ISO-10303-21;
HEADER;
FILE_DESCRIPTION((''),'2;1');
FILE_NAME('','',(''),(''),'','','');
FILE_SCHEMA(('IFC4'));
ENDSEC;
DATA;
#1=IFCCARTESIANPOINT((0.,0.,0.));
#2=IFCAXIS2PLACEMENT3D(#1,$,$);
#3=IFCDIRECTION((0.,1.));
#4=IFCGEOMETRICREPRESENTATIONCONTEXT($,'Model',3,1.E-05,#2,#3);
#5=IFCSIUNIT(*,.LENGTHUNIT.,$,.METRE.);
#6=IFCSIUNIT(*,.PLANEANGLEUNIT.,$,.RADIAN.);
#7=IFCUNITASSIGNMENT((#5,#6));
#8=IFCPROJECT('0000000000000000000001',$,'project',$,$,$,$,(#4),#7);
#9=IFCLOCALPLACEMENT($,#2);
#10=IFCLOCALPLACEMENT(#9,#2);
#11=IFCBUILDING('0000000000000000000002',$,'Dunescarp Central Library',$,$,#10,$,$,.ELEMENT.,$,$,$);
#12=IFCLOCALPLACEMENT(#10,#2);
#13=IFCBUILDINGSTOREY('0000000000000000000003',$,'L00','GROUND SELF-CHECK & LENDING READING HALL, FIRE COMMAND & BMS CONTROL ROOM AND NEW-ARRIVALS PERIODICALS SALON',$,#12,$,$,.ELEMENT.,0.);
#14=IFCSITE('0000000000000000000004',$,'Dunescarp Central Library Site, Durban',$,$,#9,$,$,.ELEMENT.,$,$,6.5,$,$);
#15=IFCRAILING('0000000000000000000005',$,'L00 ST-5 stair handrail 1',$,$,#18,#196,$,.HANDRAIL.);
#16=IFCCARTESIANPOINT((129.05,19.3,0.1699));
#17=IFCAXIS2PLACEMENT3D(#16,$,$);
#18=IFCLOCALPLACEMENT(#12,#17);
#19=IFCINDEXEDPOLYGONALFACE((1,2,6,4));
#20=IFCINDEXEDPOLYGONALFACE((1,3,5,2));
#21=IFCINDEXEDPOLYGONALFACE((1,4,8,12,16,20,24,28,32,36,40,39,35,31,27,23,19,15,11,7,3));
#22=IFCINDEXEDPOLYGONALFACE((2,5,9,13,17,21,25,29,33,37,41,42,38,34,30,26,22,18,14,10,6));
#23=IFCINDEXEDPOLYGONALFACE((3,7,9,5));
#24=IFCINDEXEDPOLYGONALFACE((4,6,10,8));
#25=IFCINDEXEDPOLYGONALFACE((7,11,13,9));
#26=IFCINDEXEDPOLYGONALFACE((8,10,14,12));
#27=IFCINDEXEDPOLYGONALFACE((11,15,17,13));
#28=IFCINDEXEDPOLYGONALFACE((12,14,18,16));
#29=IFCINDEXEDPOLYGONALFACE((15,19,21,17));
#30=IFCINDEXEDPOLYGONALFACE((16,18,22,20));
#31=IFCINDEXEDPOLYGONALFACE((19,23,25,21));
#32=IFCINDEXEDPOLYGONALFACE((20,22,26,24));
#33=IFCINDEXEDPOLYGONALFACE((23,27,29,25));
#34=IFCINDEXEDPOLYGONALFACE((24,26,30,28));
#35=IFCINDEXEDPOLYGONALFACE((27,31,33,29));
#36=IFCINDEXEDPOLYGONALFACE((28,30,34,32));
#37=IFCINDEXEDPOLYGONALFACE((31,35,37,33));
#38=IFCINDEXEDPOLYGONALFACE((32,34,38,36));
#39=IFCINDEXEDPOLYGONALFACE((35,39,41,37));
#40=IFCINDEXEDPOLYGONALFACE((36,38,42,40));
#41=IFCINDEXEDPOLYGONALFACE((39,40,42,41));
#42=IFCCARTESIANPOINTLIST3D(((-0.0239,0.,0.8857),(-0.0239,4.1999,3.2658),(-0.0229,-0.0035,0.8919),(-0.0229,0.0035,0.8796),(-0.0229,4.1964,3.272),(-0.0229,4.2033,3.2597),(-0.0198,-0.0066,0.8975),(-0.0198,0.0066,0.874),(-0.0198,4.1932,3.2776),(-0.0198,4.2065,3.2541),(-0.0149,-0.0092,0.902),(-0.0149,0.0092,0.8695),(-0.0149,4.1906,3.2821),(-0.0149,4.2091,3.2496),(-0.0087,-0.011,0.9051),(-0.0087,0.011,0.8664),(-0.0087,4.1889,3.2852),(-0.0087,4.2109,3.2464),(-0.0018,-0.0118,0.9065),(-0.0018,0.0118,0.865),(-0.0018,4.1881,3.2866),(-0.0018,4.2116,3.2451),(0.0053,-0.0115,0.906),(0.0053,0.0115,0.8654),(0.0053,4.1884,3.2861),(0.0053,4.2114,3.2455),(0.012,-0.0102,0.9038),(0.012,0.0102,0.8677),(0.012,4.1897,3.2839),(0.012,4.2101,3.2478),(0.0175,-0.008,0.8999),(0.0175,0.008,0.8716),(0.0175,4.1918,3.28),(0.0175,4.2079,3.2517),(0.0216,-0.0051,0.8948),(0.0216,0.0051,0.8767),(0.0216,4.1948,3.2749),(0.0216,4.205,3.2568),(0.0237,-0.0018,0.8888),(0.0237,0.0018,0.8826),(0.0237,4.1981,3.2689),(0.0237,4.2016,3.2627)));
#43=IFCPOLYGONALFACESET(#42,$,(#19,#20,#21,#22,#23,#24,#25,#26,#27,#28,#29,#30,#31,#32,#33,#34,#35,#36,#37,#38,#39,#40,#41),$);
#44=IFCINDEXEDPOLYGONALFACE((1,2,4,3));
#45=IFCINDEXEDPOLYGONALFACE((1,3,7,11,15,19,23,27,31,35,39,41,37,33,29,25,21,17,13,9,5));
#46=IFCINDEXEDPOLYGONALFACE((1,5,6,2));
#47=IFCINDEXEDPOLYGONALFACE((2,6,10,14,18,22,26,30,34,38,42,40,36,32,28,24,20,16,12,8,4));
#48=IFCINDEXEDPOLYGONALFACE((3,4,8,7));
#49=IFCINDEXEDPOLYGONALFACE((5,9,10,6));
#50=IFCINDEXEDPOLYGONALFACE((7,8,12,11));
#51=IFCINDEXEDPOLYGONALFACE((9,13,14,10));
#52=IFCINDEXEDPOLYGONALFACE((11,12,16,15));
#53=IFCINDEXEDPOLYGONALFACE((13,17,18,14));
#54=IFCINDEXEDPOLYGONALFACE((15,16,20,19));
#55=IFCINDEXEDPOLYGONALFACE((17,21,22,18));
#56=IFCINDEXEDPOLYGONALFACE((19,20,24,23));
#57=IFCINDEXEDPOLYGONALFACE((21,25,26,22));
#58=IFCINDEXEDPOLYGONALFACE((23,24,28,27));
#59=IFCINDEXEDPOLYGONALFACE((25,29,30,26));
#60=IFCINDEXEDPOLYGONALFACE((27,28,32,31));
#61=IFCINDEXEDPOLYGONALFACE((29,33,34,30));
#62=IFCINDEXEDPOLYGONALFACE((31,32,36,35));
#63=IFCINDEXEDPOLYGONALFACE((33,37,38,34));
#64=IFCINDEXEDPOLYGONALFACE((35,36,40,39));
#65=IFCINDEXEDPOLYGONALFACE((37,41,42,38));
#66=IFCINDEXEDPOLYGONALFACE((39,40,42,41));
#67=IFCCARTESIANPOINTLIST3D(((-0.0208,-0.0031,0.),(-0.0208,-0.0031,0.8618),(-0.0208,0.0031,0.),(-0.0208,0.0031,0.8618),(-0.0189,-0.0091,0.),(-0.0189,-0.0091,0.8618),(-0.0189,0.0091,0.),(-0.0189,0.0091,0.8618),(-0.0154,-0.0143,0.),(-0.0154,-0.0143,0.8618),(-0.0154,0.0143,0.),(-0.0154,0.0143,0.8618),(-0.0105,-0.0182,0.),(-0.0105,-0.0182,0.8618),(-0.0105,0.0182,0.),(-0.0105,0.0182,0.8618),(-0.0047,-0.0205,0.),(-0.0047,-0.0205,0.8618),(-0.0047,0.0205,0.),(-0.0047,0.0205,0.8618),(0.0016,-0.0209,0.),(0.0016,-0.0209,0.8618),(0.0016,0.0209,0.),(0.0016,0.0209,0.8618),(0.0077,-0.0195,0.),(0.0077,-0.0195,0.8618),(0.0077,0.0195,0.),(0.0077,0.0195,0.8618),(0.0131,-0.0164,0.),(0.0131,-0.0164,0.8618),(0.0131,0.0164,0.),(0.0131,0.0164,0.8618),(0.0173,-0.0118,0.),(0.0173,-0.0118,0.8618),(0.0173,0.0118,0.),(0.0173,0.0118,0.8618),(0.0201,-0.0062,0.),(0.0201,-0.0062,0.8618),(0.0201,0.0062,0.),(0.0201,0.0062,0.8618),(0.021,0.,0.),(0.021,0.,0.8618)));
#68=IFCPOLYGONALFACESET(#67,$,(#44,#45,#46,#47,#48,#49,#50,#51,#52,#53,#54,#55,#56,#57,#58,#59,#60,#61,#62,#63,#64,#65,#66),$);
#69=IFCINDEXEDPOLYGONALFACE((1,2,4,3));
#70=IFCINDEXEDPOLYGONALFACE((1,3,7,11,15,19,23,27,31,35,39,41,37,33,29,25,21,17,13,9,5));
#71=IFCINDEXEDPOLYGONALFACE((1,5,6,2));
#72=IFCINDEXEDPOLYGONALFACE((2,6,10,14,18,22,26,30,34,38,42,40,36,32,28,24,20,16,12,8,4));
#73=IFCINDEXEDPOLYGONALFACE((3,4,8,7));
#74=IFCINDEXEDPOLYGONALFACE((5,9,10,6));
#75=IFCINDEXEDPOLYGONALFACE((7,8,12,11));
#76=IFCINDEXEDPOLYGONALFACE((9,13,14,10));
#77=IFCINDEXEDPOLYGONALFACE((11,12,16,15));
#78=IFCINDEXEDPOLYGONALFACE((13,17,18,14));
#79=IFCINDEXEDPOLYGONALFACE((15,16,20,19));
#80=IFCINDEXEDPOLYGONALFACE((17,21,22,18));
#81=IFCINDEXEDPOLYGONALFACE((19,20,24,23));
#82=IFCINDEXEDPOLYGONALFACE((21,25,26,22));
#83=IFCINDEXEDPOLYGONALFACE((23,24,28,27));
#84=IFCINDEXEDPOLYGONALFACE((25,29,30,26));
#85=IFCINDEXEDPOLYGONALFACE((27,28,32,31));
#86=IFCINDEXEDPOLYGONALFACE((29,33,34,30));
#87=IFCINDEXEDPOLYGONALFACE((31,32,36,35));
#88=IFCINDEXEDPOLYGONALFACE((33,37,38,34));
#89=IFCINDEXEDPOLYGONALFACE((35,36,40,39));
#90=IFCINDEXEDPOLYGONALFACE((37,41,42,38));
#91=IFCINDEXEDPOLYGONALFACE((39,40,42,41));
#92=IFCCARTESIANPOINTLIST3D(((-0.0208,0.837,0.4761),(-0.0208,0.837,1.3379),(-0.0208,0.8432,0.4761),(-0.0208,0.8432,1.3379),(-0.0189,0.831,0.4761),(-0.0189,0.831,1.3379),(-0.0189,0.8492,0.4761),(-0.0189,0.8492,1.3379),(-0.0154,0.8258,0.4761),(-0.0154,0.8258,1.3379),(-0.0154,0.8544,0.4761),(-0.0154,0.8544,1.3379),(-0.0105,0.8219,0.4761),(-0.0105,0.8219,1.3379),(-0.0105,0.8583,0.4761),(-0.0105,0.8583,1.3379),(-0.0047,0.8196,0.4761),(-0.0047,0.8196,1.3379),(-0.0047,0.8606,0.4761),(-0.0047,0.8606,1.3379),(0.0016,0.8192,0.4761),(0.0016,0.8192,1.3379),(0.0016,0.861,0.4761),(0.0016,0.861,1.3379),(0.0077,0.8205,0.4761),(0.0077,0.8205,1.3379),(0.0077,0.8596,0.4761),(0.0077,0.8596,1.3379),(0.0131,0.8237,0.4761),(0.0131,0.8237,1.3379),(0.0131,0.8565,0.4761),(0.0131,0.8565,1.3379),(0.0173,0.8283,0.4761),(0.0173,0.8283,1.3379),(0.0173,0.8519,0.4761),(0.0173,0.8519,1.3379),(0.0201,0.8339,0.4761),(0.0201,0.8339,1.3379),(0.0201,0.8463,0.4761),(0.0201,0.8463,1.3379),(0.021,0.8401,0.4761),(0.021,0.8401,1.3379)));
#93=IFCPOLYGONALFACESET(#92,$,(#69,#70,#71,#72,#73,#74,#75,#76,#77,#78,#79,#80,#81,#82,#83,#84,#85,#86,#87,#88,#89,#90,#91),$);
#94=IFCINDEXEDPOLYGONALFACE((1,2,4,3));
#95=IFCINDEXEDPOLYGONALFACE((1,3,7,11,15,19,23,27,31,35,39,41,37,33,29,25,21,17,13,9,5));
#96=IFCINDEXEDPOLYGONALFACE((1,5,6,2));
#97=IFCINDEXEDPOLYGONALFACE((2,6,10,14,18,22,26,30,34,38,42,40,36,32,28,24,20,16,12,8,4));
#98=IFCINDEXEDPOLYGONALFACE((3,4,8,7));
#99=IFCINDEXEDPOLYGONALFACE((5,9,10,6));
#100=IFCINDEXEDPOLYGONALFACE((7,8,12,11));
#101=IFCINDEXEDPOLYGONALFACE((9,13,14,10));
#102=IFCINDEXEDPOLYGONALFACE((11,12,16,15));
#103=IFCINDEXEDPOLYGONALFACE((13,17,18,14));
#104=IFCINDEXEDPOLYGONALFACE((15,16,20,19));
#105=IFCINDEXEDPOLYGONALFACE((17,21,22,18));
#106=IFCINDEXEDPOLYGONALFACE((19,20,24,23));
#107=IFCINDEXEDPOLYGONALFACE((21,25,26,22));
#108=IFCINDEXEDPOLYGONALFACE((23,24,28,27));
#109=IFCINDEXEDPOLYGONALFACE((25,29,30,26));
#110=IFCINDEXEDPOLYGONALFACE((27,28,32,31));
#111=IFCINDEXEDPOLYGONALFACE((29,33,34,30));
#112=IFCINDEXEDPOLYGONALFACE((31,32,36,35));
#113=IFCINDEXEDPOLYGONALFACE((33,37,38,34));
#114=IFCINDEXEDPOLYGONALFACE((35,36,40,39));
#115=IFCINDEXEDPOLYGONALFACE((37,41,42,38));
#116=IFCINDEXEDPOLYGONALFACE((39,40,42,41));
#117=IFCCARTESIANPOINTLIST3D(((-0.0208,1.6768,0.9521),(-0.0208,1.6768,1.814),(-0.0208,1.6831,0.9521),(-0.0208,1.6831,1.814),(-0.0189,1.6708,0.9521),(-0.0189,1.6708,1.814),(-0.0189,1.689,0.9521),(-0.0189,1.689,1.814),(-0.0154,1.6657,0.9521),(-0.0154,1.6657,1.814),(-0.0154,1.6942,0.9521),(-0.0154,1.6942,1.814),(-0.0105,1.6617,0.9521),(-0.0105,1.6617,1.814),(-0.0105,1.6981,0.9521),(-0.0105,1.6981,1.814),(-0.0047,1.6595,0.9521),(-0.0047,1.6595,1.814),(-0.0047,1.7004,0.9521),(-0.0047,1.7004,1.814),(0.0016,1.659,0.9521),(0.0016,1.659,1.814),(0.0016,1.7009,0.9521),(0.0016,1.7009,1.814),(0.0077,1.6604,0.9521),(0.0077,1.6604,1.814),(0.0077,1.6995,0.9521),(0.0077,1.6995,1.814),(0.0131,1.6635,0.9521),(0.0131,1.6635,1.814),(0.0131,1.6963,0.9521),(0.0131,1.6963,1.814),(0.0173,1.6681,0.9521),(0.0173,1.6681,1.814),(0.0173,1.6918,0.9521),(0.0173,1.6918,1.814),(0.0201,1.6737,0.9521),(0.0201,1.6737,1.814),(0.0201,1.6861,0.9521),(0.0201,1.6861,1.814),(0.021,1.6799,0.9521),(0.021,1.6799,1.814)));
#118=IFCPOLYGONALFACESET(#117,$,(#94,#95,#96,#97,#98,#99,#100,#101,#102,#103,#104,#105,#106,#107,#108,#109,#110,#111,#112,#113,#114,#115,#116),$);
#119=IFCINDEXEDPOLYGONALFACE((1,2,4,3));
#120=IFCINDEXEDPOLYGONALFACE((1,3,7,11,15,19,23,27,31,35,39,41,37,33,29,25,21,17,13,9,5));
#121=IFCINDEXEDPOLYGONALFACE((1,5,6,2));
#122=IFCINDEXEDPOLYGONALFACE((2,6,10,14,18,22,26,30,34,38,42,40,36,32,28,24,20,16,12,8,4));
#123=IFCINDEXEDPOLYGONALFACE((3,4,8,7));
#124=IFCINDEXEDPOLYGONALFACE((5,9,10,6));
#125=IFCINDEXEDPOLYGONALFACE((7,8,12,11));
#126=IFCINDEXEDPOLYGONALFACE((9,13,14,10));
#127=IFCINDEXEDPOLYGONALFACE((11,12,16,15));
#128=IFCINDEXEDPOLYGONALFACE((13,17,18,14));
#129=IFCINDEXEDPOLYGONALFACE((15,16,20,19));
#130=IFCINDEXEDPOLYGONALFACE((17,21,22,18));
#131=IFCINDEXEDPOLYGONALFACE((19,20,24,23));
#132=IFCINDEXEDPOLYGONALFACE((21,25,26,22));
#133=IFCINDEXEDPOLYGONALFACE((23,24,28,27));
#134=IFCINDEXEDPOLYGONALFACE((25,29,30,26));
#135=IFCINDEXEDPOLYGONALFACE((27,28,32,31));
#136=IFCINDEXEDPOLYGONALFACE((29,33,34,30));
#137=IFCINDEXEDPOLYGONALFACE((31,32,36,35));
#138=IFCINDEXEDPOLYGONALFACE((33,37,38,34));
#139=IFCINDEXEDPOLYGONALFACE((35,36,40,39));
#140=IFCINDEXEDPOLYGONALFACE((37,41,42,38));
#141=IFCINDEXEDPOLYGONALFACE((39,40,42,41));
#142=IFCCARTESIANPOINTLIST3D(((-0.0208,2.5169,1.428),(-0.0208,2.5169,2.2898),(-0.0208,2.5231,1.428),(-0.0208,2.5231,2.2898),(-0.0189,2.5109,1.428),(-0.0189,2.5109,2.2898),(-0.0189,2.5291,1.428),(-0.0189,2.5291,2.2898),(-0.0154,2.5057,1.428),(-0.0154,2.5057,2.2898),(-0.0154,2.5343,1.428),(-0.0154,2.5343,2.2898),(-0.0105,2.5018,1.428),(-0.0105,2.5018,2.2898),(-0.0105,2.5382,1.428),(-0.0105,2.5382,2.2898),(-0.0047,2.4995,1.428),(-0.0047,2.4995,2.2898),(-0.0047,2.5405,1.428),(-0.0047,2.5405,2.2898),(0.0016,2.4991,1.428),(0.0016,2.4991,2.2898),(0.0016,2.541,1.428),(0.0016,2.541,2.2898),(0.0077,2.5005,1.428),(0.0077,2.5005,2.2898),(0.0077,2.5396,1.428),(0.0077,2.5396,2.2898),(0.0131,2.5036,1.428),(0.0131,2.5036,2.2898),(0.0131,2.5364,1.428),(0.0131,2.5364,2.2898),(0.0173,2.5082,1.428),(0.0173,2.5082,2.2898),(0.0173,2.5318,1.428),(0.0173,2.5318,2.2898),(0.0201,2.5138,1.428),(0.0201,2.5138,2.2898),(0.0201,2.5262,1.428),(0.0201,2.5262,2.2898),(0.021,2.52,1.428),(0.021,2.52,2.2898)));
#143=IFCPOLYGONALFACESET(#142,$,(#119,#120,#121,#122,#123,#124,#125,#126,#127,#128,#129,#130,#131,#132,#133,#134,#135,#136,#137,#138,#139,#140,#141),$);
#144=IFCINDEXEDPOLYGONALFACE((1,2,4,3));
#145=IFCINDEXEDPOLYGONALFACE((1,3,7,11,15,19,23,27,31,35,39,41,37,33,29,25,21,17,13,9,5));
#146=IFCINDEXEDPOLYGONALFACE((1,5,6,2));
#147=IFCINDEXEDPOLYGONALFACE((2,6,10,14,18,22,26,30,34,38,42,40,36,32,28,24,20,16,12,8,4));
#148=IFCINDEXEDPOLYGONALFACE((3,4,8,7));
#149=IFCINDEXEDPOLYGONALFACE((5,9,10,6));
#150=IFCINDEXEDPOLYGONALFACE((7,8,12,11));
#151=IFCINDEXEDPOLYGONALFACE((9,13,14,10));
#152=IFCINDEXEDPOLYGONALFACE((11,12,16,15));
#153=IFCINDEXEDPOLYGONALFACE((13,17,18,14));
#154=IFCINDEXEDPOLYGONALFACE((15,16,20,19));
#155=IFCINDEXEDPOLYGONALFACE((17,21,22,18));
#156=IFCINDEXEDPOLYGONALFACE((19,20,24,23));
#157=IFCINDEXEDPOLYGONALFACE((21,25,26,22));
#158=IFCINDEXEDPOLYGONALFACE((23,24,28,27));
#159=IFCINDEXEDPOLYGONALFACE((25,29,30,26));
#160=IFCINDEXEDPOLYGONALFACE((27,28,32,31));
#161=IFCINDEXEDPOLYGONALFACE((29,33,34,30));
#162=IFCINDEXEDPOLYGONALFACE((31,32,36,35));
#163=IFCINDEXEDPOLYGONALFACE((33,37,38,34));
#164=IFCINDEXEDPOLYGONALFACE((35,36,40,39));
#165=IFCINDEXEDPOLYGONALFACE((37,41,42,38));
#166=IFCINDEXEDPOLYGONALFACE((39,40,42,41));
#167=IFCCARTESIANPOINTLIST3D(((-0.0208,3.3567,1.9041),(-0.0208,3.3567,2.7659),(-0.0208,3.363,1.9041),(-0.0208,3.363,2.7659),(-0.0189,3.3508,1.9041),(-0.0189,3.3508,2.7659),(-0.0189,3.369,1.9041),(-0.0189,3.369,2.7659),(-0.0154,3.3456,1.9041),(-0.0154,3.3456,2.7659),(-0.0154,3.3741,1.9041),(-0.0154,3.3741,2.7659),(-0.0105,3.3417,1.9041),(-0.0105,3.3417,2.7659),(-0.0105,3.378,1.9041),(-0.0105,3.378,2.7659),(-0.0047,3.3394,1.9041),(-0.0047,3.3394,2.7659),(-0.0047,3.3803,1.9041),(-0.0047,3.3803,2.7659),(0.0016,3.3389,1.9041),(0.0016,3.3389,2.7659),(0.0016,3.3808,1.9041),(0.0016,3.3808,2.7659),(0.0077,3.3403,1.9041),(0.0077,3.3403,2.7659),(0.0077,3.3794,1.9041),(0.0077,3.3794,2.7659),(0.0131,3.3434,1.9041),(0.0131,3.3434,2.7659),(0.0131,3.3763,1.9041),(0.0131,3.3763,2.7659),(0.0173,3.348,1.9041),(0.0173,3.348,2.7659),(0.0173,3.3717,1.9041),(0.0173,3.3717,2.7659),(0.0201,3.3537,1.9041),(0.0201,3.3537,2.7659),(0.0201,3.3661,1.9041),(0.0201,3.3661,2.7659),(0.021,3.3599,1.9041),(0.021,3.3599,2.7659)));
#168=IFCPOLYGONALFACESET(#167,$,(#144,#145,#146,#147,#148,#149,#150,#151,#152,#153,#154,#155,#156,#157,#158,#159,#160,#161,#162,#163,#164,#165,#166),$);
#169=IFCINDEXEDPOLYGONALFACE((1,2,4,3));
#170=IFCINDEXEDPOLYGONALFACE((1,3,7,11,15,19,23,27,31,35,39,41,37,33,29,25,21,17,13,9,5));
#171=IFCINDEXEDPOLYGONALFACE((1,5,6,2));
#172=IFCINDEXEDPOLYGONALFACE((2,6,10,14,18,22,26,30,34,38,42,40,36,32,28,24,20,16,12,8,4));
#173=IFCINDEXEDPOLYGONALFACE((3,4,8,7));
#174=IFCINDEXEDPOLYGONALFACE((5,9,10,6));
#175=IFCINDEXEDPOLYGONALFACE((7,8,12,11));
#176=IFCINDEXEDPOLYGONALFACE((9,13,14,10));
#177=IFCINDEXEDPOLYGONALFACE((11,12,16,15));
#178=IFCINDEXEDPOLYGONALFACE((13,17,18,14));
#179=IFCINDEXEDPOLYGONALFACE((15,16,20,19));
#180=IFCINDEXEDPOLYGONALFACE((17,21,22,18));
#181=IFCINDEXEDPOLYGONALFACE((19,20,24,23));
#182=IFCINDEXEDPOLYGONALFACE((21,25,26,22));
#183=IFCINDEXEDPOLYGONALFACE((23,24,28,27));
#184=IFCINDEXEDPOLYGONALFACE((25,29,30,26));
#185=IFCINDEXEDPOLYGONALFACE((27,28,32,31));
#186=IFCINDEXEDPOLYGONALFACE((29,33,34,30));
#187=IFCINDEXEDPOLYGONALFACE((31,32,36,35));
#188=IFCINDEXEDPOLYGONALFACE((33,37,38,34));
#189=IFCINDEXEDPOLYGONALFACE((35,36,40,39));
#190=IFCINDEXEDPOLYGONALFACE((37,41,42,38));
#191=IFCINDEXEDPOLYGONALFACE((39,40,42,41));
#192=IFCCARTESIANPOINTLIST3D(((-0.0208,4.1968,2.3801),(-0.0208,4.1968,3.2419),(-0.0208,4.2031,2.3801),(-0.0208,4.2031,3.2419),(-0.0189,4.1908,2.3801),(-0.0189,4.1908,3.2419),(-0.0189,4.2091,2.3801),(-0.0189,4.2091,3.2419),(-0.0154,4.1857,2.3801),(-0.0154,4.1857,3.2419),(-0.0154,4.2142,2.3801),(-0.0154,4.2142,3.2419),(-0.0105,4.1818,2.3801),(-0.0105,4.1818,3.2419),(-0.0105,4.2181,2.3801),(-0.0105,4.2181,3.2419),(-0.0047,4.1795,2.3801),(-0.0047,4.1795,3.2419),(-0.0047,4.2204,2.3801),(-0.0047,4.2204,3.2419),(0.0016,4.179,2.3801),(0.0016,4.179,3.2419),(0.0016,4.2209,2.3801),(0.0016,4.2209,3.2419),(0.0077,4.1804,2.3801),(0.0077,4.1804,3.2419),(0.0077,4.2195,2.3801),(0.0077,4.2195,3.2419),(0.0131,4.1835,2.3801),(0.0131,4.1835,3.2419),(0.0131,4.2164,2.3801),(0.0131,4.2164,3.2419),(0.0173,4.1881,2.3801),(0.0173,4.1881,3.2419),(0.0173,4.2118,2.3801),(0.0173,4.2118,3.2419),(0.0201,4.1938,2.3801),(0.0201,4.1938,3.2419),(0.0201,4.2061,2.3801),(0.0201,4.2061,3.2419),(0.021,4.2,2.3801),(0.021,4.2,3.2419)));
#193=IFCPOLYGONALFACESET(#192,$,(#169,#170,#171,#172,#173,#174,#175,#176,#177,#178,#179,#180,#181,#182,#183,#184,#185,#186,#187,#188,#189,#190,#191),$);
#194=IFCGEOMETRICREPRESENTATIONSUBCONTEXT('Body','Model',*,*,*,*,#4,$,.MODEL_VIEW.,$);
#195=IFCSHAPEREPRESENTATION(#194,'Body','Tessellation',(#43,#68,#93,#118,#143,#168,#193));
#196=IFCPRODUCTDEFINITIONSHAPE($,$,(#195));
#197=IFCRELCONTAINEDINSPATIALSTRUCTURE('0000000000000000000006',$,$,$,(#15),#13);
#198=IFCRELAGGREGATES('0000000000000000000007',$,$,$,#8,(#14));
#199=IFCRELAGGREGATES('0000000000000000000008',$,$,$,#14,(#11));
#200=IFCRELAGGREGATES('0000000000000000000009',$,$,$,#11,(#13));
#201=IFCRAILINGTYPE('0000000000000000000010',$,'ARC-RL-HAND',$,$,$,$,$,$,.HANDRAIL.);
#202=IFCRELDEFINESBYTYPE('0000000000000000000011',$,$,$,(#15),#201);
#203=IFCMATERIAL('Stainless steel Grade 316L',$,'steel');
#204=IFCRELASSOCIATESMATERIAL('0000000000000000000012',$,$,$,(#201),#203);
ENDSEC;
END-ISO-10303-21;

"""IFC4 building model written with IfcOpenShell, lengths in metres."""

from ifc_helpers import new_model, si_unit, direction, frame, origin, origin_2d, place, context, subcontext, project, spatial, circle, extrude, material, type_object, element, save


model = new_model("IFC4")

# Units and contexts
model_context = context("Model", 3, precision=1e-05, world=origin(), true_north=direction((0.0, 1.0)))
body_context = subcontext(model_context, "Body", "Model", "MODEL_VIEW")
ifc_project = project(units=[si_unit("LENGTHUNIT", "METRE"), si_unit("PLANEANGLEUNIT", "RADIAN")], contexts=[model_context])

# Site, building, storey
site_placement = place(None, origin())
site = spatial("IfcSite", under=ifc_project, at=site_placement, Name="Dunescarp Central Library Site, Durban", CompositionType="ELEMENT", RefElevation=6.5)
building_placement = place(site_placement, origin())
building = spatial("IfcBuilding", under=site, at=building_placement, Name="Dunescarp Central Library", CompositionType="ELEMENT")
storey_placement = place(building_placement, origin())
storey = spatial("IfcBuildingStorey", under=building, at=storey_placement, Name="L00", Description="GROUND SELF-CHECK & LENDING READING HALL, FIRE COMMAND & BMS CONTROL ROOM AND NEW-ARRIVALS PERIODICALS SALON", CompositionType="ELEMENT", Elevation=0.0)

# Railing
ifc_material_1 = material(Name="Stainless steel Grade 316L", Category="steel")
railing_type_1 = type_object("IfcRailingType", Name="ARC-RL-HAND", PredefinedType="HANDRAIL", material=ifc_material_1)
railing_1_placement = place(storey_placement, frame((129.05, 19.3, 0.1699)))
element("IfcRailing", 1, at=railing_1_placement, inside=storey, type_object=railing_type_1, Name="L00 ST-5 stair handrail 1", PredefinedType="HANDRAIL", context=body_context, shape_type="SweptSolid", body=[
    extrude(circle(Radius=0.0239, at=origin_2d()), frame((0.0, 0.0, 0.8857), z_axis=(0.0, 0.870008, 0.493037), x_axis=(-1.0, 0.0, 0.0)), (0.0, 0.0, 1.0), 4.8274),
    extrude(circle(Radius=0.021, at=origin_2d()), origin(), (0.0, 0.0, 1.0), 0.8618),
    extrude(circle(Radius=0.021, at=origin_2d()), frame((0.0, 0.8401, 0.4761)), (0.0, 0.0, 1.0), 0.8618),
    extrude(circle(Radius=0.021, at=origin_2d()), frame((0.0, 1.6799, 0.9521)), (0.0, 0.0, 1.0), 0.8618),
    extrude(circle(Radius=0.021, at=origin_2d()), frame((0.0, 2.52, 1.428)), (0.0, 0.0, 1.0), 0.8618),
    extrude(circle(Radius=0.021, at=origin_2d()), frame((0.0, 3.3599, 1.9041)), (0.0, 0.0, 1.0), 0.8618),
    extrude(circle(Radius=0.021, at=origin_2d()), frame((0.0, 4.2, 2.3801)), (0.0, 0.0, 1.0), 0.8618),
])

save(model, "model.ifc")
